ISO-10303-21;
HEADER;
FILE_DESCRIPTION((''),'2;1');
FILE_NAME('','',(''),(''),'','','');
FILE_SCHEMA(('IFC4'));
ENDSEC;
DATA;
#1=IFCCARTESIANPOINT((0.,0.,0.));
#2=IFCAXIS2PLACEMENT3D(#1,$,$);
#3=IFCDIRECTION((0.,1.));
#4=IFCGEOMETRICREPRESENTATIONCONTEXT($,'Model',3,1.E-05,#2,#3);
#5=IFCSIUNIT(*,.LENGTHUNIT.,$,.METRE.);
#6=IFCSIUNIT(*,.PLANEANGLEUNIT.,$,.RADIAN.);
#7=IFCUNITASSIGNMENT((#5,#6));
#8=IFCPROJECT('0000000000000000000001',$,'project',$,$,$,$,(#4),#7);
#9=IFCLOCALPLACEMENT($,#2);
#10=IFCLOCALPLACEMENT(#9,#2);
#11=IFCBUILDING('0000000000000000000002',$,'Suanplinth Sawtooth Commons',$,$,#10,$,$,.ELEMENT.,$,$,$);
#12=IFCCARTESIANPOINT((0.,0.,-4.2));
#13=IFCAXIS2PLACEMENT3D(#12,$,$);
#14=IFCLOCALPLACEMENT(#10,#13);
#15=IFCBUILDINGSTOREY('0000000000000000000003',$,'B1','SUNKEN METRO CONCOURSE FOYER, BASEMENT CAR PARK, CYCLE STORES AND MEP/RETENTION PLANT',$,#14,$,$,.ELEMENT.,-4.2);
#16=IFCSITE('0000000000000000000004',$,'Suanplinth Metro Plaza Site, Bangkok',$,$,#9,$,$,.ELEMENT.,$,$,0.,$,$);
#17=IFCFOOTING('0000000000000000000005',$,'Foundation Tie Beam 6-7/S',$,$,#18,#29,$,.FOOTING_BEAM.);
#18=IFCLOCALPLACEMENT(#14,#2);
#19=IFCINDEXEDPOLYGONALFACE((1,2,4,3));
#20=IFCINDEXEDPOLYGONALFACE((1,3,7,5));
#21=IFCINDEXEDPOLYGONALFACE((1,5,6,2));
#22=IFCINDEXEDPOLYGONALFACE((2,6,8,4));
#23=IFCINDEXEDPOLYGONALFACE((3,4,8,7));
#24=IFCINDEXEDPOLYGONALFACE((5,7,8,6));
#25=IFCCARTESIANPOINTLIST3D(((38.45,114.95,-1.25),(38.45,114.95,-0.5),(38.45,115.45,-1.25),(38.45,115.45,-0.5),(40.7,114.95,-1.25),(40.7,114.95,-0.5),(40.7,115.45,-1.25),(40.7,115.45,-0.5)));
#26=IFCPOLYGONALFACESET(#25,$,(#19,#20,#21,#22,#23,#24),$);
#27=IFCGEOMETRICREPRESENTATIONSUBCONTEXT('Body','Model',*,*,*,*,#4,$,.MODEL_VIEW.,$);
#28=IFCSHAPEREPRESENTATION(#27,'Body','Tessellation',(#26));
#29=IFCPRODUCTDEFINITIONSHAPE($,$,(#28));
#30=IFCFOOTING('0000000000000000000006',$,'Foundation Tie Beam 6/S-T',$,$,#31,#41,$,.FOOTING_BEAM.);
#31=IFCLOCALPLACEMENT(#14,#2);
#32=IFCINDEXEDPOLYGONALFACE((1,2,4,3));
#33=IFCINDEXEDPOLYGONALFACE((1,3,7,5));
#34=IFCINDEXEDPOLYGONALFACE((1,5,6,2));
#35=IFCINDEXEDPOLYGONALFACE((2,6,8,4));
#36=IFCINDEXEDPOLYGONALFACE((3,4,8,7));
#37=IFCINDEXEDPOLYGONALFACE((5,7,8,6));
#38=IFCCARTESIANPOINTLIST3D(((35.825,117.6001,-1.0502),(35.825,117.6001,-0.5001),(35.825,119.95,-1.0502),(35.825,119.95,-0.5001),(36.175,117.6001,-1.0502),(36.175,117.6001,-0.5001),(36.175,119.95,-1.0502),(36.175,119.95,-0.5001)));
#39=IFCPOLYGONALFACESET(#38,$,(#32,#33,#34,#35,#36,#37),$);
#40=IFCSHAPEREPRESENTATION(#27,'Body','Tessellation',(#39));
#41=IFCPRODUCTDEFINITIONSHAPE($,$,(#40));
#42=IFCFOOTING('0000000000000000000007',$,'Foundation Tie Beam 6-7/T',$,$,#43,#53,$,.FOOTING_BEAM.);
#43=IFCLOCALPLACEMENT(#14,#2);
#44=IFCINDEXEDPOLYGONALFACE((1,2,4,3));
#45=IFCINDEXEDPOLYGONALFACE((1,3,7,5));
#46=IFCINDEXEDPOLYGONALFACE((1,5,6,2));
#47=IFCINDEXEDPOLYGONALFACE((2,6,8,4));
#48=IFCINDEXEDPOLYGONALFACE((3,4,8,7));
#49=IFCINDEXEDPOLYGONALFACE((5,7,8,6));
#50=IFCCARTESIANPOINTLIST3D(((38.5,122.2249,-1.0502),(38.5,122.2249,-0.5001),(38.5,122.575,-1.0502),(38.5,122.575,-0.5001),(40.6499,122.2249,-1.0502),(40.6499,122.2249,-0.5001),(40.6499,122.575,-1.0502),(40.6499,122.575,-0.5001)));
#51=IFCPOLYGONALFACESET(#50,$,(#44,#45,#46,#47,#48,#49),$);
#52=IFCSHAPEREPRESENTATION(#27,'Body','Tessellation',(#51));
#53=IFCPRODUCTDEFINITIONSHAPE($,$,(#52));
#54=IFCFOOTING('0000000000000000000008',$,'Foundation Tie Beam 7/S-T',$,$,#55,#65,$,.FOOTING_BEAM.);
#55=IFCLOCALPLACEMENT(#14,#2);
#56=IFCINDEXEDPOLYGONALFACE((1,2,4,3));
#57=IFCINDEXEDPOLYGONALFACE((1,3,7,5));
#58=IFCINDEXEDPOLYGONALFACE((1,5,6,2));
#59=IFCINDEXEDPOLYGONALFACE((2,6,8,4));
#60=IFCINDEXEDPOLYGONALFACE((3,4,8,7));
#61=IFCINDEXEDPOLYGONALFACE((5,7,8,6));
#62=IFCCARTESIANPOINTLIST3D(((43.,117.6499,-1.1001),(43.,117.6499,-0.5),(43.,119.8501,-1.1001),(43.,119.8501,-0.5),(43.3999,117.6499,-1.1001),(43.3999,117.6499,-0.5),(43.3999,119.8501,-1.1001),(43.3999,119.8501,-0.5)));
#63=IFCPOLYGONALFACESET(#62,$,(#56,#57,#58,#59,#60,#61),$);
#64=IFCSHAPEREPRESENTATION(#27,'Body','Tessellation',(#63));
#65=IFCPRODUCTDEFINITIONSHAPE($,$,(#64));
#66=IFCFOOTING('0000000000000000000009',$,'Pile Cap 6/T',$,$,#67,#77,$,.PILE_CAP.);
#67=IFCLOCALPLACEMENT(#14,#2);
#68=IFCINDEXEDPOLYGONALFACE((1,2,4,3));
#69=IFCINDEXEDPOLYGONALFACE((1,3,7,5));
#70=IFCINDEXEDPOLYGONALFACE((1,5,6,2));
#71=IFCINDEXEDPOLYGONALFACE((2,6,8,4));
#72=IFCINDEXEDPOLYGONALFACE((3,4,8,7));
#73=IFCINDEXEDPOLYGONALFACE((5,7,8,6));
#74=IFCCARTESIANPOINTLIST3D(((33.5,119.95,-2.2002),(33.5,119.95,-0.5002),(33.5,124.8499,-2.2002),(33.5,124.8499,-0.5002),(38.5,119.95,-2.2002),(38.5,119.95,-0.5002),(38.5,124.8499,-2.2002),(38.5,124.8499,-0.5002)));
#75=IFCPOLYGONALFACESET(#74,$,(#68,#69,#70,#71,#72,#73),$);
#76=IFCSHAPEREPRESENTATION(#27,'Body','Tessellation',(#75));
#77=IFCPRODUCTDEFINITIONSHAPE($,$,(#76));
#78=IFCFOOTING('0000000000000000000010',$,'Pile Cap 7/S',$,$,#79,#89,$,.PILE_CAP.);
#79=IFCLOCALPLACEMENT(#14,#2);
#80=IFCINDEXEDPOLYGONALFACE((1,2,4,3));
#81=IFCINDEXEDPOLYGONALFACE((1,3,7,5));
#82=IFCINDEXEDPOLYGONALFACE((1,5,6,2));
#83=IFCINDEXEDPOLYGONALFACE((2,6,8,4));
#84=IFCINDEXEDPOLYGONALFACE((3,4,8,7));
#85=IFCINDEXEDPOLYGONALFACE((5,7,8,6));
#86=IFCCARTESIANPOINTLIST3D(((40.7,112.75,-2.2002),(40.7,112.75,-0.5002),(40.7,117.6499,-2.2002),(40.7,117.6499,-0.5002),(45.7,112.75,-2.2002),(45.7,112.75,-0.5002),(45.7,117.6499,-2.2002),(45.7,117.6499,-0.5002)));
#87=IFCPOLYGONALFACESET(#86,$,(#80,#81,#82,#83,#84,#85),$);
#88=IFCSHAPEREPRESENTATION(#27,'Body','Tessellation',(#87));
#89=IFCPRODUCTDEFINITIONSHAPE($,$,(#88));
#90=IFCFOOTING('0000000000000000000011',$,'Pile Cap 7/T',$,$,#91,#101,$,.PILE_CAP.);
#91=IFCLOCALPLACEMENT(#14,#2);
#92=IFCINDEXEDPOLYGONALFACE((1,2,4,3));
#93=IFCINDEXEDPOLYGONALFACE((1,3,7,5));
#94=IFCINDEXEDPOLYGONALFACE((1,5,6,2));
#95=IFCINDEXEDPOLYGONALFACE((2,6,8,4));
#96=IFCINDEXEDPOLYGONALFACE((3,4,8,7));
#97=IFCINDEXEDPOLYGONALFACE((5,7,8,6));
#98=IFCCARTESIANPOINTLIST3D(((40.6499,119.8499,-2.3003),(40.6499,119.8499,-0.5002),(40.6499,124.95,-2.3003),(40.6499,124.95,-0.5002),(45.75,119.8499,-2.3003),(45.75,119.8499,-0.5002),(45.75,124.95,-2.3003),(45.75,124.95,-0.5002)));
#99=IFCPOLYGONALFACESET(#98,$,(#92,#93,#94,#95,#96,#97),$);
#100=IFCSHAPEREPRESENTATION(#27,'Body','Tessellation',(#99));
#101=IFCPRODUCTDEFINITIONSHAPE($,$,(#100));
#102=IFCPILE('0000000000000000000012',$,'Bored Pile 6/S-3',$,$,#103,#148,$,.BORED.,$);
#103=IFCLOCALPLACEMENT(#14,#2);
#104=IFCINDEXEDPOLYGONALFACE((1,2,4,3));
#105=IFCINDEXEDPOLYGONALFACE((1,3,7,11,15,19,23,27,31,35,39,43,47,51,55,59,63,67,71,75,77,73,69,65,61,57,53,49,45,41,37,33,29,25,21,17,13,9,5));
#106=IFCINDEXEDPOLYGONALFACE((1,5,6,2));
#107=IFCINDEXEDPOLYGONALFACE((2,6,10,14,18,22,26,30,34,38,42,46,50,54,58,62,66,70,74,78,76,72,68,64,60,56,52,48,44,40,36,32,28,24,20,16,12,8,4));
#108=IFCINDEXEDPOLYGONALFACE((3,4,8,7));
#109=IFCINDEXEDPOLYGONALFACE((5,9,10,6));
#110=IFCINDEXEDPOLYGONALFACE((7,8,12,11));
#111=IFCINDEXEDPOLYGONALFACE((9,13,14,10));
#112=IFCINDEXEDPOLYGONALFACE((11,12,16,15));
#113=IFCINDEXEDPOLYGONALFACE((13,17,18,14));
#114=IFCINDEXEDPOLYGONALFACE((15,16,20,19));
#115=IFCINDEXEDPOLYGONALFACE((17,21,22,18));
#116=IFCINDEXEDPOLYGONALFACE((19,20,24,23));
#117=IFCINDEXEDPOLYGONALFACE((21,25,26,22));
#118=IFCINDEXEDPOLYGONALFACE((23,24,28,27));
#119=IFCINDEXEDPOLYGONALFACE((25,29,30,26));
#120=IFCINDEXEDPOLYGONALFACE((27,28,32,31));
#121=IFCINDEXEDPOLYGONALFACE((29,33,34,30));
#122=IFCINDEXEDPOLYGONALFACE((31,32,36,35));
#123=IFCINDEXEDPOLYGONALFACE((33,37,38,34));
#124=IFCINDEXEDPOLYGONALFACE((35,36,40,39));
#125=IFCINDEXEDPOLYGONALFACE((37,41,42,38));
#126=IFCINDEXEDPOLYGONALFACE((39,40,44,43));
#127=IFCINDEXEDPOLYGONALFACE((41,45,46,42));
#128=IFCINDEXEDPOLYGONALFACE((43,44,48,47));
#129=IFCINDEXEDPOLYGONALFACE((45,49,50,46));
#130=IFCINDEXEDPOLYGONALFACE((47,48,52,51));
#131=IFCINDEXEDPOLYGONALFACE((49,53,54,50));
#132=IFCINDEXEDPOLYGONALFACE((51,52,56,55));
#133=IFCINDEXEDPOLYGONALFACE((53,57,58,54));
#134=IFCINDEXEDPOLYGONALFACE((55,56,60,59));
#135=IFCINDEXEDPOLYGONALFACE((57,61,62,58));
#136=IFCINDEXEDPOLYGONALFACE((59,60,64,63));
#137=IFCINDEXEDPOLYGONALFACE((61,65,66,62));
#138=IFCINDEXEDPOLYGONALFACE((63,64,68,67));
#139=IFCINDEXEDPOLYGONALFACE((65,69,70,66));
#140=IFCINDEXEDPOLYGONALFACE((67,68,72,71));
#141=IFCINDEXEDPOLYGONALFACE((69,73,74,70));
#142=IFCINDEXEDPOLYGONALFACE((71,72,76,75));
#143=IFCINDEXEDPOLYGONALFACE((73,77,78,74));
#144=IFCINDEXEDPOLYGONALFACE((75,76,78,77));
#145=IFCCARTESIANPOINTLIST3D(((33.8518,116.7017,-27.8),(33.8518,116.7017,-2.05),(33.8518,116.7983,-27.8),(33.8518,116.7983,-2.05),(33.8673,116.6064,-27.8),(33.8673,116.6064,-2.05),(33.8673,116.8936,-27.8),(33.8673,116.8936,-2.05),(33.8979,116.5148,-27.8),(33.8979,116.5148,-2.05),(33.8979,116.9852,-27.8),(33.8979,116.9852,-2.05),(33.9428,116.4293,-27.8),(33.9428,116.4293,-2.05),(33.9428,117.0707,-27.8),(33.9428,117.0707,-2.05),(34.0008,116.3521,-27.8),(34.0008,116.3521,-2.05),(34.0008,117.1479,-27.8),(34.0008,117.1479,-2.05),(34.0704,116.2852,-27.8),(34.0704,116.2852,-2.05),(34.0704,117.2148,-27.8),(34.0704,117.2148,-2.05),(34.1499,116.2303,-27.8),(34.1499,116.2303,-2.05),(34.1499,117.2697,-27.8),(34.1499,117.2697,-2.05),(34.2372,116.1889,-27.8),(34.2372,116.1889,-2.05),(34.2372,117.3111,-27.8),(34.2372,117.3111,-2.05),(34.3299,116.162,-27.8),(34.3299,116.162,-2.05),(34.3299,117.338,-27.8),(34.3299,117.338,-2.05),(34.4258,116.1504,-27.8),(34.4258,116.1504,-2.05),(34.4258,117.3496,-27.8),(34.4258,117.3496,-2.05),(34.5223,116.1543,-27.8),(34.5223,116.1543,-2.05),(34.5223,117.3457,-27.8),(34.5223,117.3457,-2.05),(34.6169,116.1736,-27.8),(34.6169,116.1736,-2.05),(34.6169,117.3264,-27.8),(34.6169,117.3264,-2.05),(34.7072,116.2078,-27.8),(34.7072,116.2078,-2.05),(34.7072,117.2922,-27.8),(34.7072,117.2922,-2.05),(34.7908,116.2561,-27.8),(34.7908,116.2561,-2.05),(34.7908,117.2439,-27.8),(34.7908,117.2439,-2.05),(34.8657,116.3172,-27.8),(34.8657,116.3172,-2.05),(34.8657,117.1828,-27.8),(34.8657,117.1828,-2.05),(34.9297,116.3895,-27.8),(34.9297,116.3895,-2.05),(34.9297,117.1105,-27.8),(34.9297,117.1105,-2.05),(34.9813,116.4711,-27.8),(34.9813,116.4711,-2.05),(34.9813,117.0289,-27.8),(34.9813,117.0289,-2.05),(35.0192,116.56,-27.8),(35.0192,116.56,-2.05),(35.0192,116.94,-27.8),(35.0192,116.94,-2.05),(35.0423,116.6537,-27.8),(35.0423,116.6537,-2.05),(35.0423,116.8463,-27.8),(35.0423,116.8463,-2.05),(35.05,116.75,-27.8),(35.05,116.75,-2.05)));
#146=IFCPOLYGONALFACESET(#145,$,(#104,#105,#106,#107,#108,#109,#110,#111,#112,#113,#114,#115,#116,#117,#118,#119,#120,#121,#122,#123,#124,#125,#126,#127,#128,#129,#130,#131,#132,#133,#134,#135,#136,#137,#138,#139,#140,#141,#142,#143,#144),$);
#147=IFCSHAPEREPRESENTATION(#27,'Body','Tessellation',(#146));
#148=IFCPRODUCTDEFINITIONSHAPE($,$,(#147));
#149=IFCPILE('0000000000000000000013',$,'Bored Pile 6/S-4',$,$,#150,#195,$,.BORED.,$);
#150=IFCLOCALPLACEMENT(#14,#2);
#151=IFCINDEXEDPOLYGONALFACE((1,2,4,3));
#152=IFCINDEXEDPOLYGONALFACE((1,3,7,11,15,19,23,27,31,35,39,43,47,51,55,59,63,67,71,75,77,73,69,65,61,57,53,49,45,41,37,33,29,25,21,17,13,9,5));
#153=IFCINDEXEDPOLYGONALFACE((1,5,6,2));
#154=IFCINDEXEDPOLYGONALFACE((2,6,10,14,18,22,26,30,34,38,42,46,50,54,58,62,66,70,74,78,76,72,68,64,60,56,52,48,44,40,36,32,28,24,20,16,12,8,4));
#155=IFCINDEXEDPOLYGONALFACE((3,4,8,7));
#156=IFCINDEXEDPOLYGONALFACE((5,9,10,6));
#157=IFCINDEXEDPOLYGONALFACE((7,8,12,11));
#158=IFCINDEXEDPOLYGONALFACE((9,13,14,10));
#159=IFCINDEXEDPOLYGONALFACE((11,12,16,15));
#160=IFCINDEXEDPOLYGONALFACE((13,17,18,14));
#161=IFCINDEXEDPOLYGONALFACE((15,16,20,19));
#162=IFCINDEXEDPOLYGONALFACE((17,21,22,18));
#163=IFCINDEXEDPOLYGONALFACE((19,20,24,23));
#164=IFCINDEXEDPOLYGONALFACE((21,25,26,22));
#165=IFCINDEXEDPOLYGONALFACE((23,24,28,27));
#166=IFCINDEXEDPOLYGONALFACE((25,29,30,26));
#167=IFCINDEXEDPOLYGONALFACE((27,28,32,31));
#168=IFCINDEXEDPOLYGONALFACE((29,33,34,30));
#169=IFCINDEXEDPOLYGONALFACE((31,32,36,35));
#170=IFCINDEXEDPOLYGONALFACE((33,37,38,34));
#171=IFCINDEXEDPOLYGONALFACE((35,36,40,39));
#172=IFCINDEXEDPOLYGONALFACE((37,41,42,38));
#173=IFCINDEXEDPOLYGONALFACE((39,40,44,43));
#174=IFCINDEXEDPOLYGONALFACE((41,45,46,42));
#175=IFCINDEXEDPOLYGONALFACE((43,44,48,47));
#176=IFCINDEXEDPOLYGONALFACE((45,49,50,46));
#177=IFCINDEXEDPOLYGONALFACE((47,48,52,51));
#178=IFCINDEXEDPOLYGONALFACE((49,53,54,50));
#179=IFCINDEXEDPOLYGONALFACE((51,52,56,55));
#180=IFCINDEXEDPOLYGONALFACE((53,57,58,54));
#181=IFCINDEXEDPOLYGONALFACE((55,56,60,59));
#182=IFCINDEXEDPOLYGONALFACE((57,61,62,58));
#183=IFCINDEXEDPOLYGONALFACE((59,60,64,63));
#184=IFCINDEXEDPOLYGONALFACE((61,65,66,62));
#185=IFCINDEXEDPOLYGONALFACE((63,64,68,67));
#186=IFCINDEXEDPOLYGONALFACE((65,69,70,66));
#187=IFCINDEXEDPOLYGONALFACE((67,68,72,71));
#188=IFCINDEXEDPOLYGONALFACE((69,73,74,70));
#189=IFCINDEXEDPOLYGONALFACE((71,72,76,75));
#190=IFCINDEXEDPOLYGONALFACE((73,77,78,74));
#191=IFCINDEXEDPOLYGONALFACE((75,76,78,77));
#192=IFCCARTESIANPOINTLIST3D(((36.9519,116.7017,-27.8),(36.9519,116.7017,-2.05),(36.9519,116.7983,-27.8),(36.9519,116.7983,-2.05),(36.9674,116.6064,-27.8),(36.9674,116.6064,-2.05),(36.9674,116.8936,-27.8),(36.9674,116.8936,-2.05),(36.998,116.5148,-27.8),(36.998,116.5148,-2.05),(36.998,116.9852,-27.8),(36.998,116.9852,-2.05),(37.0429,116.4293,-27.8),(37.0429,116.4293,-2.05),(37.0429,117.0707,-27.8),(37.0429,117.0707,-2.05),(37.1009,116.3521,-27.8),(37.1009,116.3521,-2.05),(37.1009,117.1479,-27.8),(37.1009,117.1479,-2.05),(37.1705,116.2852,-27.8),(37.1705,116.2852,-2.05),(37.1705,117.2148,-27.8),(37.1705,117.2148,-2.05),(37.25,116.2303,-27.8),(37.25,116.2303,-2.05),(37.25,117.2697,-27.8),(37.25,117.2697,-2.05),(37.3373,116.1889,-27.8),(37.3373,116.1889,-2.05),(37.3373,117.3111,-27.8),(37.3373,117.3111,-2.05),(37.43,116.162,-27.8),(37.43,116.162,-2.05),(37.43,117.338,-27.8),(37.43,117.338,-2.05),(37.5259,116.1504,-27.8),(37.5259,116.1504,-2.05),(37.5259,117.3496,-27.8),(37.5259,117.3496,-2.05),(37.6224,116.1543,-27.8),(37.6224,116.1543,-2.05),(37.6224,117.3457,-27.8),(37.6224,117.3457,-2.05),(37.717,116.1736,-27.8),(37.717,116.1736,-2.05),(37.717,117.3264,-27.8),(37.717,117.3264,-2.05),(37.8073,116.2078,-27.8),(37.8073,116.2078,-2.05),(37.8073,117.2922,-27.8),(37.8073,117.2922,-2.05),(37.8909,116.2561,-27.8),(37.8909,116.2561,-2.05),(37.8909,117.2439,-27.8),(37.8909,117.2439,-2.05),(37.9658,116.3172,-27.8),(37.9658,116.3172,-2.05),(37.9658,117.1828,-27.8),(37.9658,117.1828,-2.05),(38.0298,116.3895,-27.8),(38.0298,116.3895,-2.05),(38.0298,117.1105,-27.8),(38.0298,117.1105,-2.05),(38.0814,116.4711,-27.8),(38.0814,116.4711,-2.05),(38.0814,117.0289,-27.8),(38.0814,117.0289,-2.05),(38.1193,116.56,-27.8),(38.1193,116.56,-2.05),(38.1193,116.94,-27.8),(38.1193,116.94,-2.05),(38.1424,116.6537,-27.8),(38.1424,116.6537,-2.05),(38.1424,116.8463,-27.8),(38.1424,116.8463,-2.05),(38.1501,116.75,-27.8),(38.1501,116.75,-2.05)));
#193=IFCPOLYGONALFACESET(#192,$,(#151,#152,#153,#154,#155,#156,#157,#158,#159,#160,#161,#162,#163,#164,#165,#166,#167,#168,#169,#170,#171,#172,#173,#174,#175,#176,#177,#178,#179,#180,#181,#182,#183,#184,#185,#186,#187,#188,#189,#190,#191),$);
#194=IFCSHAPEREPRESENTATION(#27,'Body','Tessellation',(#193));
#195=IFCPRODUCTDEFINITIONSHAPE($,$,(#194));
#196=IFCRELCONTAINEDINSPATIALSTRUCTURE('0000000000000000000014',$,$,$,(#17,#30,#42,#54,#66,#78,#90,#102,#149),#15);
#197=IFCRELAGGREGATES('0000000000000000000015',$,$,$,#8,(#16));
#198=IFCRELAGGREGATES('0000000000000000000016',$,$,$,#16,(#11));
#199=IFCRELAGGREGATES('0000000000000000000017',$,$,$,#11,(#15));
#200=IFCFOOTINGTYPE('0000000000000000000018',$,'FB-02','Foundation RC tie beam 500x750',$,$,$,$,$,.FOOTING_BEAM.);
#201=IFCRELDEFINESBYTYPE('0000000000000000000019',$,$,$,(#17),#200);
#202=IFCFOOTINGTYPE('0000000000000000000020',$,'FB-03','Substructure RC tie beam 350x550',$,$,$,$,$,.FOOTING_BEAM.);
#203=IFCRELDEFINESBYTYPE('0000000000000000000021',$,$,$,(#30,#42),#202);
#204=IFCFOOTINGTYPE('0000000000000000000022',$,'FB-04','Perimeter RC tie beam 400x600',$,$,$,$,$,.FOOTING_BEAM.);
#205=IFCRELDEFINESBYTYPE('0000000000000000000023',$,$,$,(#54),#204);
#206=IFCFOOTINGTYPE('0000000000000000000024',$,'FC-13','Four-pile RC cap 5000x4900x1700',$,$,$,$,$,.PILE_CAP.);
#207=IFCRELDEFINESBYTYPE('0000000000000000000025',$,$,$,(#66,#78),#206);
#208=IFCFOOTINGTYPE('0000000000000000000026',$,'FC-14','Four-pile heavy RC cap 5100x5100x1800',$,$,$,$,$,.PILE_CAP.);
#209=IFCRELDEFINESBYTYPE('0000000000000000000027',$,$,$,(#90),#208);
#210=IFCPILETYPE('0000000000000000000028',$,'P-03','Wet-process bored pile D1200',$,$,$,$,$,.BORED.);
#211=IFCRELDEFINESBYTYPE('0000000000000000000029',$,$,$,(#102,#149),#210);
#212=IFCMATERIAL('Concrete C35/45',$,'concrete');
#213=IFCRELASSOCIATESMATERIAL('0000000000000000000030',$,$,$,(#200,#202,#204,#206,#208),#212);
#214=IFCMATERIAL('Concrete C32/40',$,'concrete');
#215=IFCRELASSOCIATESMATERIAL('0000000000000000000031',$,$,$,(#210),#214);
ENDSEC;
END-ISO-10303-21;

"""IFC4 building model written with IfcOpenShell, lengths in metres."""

from ifc_helpers import new_model, si_unit, direction, frame, origin, origin_2d, place, context, subcontext, project, spatial, rectangle, circle, extrude, material, material_profile, profile_set, type_object, element, save


model = new_model("IFC4")

# Units and contexts
model_context = context("Model", 3, precision=1e-05, world=origin(), true_north=direction((0.0, 1.0)))
body_context = subcontext(model_context, "Body", "Model", "MODEL_VIEW")
ifc_project = project(units=[si_unit("LENGTHUNIT", "METRE"), si_unit("PLANEANGLEUNIT", "RADIAN")], contexts=[model_context])

# Site, building, storey
site_placement = place(None, origin())
site = spatial("IfcSite", under=ifc_project, at=site_placement, Name="Suanplinth Metro Plaza Site, Bangkok", CompositionType="ELEMENT", RefElevation=0.0)
building_placement = place(site_placement, origin())
building = spatial("IfcBuilding", under=site, at=building_placement, Name="Suanplinth Sawtooth Commons", CompositionType="ELEMENT")
storey_placement = place(building_placement, frame((0.0, 0.0, -4.2)))
storey = spatial("IfcBuildingStorey", under=building, at=storey_placement, Name="B1", Description="SUNKEN METRO CONCOURSE FOYER, BASEMENT CAR PARK, CYCLE STORES AND MEP/RETENTION PLANT", CompositionType="ELEMENT", Elevation=-4.2)

# Footings
ifc_material_1 = material(Name="Concrete C35/45", Category="concrete")
ifc_material_profile_1 = material_profile(ifc_material_1, rectangle(XDim=0.5, YDim=0.75, at=origin_2d()), Name="RC-GDR 500x750")
ifc_profile_set_1 = profile_set([ifc_material_profile_1], Name="Concrete C35/45")
footing_type_1 = type_object("IfcFootingType", Name="FB-02", Description="Foundation RC tie beam 500x750", PredefinedType="FOOTING_BEAM", material=ifc_profile_set_1)
footing_1_placement = place(storey_placement, frame((38.45, 115.2, -0.875), z_axis=(1.0, 0.0, 0.0), x_axis=(0.0, 1.0, 0.0)))
element("IfcFooting", 1, at=footing_1_placement, inside=storey, type_object=footing_type_1, Name="Foundation Tie Beam 6-7/S", PredefinedType="FOOTING_BEAM", context=body_context, shape_type="SweptSolid", body=[
    extrude(rectangle(XDim=0.5, YDim=0.75, at=origin_2d()), origin(), (0.0, 0.0, 1.0), 2.25),
])
ifc_material_profile_2 = material_profile(ifc_material_1, rectangle(XDim=0.3501, YDim=0.55, at=origin_2d()), Name="PC-BM 350x550")
ifc_profile_set_2 = profile_set([ifc_material_profile_2], Name="Concrete C35/45")
footing_type_2 = type_object("IfcFootingType", Name="FB-03", Description="Substructure RC tie beam 350x550", PredefinedType="FOOTING_BEAM", material=ifc_profile_set_2)
footing_2_placement = place(storey_placement, frame((36.0, 117.6001, -0.7751), z_axis=(0.0, 1.0, 0.0), x_axis=(-1.0, 0.0, 0.0)))
element("IfcFooting", 2, at=footing_2_placement, inside=storey, type_object=footing_type_2, Name="Foundation Tie Beam 6/S-T", PredefinedType="FOOTING_BEAM", context=body_context, shape_type="SweptSolid", body=[
    extrude(rectangle(XDim=0.3501, YDim=0.55, at=origin_2d()), origin(), (0.0, 0.0, 1.0), 2.3499),
])
footing_3_placement = place(storey_placement, frame((38.5, 122.3999, -0.7751), z_axis=(1.0, 0.0, 0.0), x_axis=(0.0, 1.0, 0.0)))
element("IfcFooting", 3, at=footing_3_placement, inside=storey, type_object=footing_type_2, Name="Foundation Tie Beam 6-7/T", PredefinedType="FOOTING_BEAM", context=body_context, shape_type="SweptSolid", body=[
    extrude(rectangle(XDim=0.3501, YDim=0.55, at=origin_2d()), origin(), (0.0, 0.0, 1.0), 2.1499),
])
ifc_material_profile_3 = material_profile(ifc_material_1, rectangle(XDim=0.3999, YDim=0.6001, at=origin_2d()), Name="PC-GDR 400x600")
ifc_profile_set_3 = profile_set([ifc_material_profile_3], Name="Concrete C35/45")
footing_type_3 = type_object("IfcFootingType", Name="FB-04", Description="Perimeter RC tie beam 400x600", PredefinedType="FOOTING_BEAM", material=ifc_profile_set_3)
footing_4_placement = place(storey_placement, frame((43.2, 117.6499, -0.8), z_axis=(0.0, 1.0, 0.0), x_axis=(-1.0, 0.0, 0.0)))
element("IfcFooting", 4, at=footing_4_placement, inside=storey, type_object=footing_type_3, Name="Foundation Tie Beam 7/S-T", PredefinedType="FOOTING_BEAM", context=body_context, shape_type="SweptSolid", body=[
    extrude(rectangle(XDim=0.3999, YDim=0.6001, at=origin_2d()), origin(), (0.0, 0.0, 1.0), 2.2002),
])
footing_type_4 = type_object("IfcFootingType", Name="FC-13", Description="Four-pile RC cap 5000x4900x1700", PredefinedType="PILE_CAP", material=ifc_material_1)
for number, where, z_axis, x_axis, name in (
    (5, (36.0, 122.3999, -2.2002), (0.0, 0.0, 1.0), (1.0, 0.0, 0.0), "Pile Cap 6/T"),
    (6, (43.2, 115.2, -2.2002), (0.0, 0.0, 1.0), (1.0, 0.0, 0.0), "Pile Cap 7/S"),
):
    element("IfcFooting", number, at=place(storey_placement, frame(where, z_axis=z_axis, x_axis=x_axis)), inside=storey, type_object=footing_type_4, Name=name, PredefinedType="PILE_CAP", context=body_context, shape_type="SweptSolid", body=[
        extrude(rectangle(XDim=5.0, YDim=4.8999, at=origin_2d()), origin(), (0.0, 0.0, 1.0), 1.7),
    ])
footing_type_5 = type_object("IfcFootingType", Name="FC-14", Description="Four-pile heavy RC cap 5100x5100x1800", PredefinedType="PILE_CAP", material=ifc_material_1)
footing_5_placement = place(storey_placement, frame((43.2, 122.3999, -2.3003), z_axis=(0.0, 0.0, 1.0), x_axis=(1.0, 0.0, 0.0)))
element("IfcFooting", 7, at=footing_5_placement, inside=storey, type_object=footing_type_5, Name="Pile Cap 7/T", PredefinedType="PILE_CAP", context=body_context, shape_type="SweptSolid", body=[
    extrude(rectangle(XDim=5.1001, YDim=5.1001, at=origin_2d()), origin(), (0.0, 0.0, 1.0), 1.8),
])

# Piles
ifc_material_2 = material(Name="Concrete C32/40", Category="concrete")
ifc_material_profile_4 = material_profile(ifc_material_2, circle(Radius=0.6001, at=origin_2d()), Name="PILE D1200")
ifc_profile_set_4 = profile_set([ifc_material_profile_4], Name="Concrete C32/40")
pile_type = type_object("IfcPileType", Name="P-03", Description="Wet-process bored pile D1200", PredefinedType="BORED", material=ifc_profile_set_4)
for number, where, z_axis, x_axis, name in (
    (8, (34.45, 116.75, -2.05), (0.0, 0.0, -1.0), (1.0, 0.0, 0.0), "Bored Pile 6/S-3"),
    (9, (37.55, 116.75, -2.05), (0.0, 0.0, -1.0), (1.0, 0.0, 0.0), "Bored Pile 6/S-4"),
):
    element("IfcPile", number, at=place(storey_placement, frame(where, z_axis=z_axis, x_axis=x_axis)), inside=storey, type_object=pile_type, Name=name, PredefinedType="BORED", context=body_context, shape_type="SweptSolid", body=[
        extrude(circle(Radius=0.6001, at=origin_2d()), origin(), (0.0, 0.0, 1.0), 25.75),
    ])

save(model, "model.ifc")
